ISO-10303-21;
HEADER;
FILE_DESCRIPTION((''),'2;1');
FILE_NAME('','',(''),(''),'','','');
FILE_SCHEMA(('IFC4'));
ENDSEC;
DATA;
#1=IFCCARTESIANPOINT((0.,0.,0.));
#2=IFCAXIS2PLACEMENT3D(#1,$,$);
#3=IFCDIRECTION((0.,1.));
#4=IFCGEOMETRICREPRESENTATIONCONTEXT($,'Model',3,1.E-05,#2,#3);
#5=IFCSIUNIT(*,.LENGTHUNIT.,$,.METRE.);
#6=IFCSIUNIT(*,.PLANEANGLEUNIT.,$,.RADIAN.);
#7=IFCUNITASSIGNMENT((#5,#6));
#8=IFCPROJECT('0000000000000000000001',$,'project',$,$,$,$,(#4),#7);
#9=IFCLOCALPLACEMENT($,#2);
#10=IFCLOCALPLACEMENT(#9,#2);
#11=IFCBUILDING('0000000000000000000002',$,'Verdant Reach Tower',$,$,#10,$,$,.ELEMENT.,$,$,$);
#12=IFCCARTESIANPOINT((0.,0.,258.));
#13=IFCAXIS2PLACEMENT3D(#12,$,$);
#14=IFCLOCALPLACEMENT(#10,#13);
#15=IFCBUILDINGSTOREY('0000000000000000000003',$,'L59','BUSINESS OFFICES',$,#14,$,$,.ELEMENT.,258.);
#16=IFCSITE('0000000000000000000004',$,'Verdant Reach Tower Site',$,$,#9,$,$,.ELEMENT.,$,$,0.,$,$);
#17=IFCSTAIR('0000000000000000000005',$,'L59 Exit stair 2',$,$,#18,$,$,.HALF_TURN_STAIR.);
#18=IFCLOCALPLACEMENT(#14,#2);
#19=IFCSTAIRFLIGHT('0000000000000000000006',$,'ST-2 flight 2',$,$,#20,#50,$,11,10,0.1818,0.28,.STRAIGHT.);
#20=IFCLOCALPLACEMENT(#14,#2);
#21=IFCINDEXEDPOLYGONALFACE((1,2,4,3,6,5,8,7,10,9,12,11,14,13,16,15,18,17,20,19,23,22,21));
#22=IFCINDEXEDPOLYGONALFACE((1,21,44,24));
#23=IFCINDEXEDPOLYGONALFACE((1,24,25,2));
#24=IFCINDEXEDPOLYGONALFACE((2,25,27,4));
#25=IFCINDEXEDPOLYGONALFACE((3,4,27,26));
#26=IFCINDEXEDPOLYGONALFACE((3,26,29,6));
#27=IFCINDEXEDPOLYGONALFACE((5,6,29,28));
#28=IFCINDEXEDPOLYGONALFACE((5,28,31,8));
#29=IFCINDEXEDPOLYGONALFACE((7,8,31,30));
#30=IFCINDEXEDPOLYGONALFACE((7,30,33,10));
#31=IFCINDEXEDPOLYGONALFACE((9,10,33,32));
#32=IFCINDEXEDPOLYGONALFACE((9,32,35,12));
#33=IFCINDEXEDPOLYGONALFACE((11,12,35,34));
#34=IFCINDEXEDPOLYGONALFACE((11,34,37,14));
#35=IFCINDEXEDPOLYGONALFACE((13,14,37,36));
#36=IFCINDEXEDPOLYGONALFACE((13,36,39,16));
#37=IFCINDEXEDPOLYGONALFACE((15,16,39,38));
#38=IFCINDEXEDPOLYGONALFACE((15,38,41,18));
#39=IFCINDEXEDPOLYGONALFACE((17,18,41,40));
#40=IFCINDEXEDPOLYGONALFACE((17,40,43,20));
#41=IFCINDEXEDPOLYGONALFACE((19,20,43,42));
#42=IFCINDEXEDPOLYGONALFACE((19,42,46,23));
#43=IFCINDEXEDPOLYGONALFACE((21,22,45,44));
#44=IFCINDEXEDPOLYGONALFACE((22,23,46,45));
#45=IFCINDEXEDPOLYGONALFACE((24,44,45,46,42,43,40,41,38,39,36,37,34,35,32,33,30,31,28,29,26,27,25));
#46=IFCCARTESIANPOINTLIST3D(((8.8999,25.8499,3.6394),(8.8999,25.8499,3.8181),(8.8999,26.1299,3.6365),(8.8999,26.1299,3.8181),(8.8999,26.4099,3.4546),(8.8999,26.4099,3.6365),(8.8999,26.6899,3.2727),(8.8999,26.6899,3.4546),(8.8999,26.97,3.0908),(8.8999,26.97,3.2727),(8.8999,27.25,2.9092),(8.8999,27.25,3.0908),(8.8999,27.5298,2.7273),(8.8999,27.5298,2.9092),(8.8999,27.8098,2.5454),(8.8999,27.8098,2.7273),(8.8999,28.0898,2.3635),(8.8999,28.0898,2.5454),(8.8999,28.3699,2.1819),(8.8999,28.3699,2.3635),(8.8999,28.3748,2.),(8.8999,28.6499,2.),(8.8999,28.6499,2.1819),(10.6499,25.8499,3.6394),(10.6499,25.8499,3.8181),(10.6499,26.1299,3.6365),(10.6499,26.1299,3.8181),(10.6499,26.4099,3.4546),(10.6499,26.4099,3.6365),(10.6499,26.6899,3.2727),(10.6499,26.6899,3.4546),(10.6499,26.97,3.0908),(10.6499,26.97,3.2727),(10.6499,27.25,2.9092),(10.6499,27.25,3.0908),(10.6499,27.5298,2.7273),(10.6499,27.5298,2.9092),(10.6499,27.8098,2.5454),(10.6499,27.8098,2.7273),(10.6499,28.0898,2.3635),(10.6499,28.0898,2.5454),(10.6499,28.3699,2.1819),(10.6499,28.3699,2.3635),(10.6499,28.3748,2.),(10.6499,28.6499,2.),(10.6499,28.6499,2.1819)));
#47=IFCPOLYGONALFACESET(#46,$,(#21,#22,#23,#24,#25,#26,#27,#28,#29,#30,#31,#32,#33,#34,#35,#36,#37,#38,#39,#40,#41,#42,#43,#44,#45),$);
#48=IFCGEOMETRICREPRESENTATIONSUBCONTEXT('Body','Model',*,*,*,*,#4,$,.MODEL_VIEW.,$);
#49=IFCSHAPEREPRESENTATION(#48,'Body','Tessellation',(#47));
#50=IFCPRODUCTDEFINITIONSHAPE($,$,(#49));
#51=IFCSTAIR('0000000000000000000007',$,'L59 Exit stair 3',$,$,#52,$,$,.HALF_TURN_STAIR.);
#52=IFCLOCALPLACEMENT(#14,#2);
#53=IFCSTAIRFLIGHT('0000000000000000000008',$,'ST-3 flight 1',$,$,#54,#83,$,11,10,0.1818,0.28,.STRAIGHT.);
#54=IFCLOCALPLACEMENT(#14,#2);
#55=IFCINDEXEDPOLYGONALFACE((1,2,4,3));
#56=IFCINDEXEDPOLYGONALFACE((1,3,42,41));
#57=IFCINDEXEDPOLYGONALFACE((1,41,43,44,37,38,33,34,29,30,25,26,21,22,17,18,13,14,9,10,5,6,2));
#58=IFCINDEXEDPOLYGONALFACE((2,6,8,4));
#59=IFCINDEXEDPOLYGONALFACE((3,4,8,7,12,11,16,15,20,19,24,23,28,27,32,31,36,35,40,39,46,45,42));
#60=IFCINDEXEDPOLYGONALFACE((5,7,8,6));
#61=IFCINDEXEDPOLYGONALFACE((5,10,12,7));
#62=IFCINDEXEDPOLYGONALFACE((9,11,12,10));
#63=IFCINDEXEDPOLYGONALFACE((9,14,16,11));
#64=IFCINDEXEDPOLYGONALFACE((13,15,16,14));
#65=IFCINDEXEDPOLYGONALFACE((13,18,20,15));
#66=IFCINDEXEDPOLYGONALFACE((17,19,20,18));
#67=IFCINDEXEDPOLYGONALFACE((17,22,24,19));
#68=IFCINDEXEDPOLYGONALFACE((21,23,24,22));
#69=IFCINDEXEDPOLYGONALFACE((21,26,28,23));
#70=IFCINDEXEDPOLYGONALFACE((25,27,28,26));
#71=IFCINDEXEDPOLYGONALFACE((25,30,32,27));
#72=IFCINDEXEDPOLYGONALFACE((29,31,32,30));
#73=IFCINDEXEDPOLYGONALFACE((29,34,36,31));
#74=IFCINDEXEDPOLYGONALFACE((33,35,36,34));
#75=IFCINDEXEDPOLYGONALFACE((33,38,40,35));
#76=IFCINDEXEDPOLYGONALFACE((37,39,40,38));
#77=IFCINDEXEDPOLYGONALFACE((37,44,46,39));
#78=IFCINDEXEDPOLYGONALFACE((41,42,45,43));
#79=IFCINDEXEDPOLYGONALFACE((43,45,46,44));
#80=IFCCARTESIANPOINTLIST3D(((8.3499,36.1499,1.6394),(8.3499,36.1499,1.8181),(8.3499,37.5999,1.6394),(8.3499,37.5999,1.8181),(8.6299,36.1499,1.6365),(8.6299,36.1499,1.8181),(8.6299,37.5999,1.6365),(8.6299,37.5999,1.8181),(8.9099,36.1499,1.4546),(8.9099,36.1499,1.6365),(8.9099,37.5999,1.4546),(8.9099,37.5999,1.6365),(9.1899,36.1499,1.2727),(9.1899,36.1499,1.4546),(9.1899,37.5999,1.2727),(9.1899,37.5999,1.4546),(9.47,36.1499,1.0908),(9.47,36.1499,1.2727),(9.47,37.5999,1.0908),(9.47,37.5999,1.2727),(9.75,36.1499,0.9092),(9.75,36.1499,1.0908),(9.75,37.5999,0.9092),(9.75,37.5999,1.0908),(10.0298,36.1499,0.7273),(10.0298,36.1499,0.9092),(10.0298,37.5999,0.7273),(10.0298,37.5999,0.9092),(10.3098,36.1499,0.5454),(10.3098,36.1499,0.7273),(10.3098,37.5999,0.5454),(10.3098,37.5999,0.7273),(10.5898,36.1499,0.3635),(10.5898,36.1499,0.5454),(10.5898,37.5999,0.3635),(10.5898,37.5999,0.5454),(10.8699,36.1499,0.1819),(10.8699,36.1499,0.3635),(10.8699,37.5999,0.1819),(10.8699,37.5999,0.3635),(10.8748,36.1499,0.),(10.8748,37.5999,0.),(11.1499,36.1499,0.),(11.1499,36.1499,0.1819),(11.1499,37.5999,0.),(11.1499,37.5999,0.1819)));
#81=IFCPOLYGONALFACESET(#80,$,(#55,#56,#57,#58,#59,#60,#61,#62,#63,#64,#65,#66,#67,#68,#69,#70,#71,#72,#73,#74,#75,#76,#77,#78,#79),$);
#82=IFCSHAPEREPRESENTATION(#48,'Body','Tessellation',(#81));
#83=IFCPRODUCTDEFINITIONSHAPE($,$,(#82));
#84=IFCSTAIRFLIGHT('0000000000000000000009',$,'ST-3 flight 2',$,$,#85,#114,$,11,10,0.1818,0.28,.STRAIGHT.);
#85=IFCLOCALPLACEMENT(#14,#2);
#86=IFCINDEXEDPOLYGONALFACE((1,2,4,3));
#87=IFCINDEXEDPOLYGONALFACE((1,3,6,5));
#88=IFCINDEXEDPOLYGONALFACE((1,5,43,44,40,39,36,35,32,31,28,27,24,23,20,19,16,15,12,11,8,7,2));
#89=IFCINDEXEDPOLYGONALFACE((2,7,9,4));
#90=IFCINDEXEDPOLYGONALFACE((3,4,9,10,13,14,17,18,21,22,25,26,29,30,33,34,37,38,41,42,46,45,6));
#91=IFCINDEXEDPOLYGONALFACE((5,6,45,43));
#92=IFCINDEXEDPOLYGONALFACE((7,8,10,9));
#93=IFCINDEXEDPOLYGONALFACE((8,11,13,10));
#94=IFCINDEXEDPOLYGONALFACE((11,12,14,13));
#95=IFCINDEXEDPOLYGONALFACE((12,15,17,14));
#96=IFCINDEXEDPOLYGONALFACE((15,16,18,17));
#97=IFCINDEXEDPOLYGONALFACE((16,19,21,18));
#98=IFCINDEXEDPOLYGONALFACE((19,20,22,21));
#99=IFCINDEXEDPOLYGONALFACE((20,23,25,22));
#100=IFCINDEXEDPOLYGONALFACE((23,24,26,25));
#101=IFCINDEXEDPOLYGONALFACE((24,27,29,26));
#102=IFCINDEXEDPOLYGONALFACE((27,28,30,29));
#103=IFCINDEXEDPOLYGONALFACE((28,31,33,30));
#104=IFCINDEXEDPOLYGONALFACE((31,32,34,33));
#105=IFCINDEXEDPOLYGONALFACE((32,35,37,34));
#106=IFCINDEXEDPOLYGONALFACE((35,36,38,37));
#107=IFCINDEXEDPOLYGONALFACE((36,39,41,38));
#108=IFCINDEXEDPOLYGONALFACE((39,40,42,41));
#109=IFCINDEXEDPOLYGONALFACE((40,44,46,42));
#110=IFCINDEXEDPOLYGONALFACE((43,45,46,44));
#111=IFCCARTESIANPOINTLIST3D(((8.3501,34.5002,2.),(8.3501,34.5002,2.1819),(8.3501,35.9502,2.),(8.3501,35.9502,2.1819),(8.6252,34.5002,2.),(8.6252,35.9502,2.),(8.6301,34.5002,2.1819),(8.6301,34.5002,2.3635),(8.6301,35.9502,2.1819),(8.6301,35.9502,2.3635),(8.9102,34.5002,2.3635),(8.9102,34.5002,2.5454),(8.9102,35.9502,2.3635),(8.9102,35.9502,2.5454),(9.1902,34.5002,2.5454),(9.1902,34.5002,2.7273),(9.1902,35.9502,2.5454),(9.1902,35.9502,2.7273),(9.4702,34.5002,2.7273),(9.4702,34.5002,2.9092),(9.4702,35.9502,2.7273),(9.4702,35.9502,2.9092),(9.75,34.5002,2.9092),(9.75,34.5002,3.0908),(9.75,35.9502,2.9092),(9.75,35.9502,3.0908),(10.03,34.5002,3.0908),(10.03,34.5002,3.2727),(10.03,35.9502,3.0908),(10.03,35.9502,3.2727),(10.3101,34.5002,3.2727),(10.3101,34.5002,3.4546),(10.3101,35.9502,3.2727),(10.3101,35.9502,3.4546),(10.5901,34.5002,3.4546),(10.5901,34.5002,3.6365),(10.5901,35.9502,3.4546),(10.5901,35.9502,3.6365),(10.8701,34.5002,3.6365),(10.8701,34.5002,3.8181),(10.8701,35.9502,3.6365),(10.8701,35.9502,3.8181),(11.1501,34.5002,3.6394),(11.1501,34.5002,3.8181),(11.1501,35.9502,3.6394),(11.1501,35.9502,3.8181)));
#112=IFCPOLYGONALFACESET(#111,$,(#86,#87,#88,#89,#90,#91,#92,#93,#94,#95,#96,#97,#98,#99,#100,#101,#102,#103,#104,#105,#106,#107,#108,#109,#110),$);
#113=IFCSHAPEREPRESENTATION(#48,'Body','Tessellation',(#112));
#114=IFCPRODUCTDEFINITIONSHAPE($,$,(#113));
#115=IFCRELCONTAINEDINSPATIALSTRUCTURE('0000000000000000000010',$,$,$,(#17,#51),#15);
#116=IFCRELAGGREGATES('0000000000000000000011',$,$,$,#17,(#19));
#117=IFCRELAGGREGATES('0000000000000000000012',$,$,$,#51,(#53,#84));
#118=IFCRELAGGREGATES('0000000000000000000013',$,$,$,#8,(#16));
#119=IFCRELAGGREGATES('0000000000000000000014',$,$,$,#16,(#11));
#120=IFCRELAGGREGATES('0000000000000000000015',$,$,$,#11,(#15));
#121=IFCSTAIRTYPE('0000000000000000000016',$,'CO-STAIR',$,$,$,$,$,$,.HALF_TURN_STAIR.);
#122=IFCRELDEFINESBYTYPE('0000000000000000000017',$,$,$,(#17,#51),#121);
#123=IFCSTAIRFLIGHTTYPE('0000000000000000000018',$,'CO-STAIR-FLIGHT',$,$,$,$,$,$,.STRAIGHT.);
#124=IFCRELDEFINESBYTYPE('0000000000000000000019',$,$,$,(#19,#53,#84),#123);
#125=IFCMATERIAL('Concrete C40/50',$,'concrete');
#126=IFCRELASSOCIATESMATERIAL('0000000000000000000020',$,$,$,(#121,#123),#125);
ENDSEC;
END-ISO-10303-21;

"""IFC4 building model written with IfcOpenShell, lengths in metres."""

from ifc_helpers import new_model, si_unit, direction, frame, origin, place, context, subcontext, project, spatial, polyline, outline, extrude, material, type_object, element, aggregate, save


model = new_model("IFC4")

# Units and contexts
model_context = context("Model", 3, precision=1e-05, world=origin(), true_north=direction((0.0, 1.0)))
body_context = subcontext(model_context, "Body", "Model", "MODEL_VIEW")
ifc_project = project(units=[si_unit("LENGTHUNIT", "METRE"), si_unit("PLANEANGLEUNIT", "RADIAN")], contexts=[model_context])

# Site, building, storey
site_placement = place(None, origin())
site = spatial("IfcSite", under=ifc_project, at=site_placement, Name="Verdant Reach Tower Site", CompositionType="ELEMENT", RefElevation=0.0)
building_placement = place(site_placement, origin())
building = spatial("IfcBuilding", under=site, at=building_placement, Name="Verdant Reach Tower", CompositionType="ELEMENT")
storey_placement = place(building_placement, frame((0.0, 0.0, 258.0)))
storey = spatial("IfcBuildingStorey", under=building, at=storey_placement, Name="L59", Description="BUSINESS OFFICES", CompositionType="ELEMENT", Elevation=258.0)

# Shared definitions
ifc_material_1 = material(Name="Concrete C40/50", Category="concrete")

# Stair, stair flight
stair_type = type_object("IfcStairType", Name="CO-STAIR", PredefinedType="HALF_TURN_STAIR", material=ifc_material_1)
stair_1_placement = place(storey_placement, origin())
stair_1 = element("IfcStair", 1, at=stair_1_placement, inside=storey, type_object=stair_type, Name="L59 Exit stair 2", PredefinedType="HALF_TURN_STAIR")
stair_flight_type = type_object("IfcStairFlightType", Name="CO-STAIR-FLIGHT", PredefinedType="STRAIGHT", material=ifc_material_1)
stair_flight_1_placement = place(storey_placement, frame((9.7749, 28.6499, 2.0), z_axis=(0.0, 0.0, 1.0), x_axis=(0.0, -1.0, 0.0)))
stair_flight_1 = element("IfcStairFlight", 2, at=stair_flight_1_placement, type_object=stair_flight_type, Name="ST-2 flight 2", NumberOfRisers=11, NumberOfTreads=10, PredefinedType="STRAIGHT", RiserHeight=0.1818, TreadLength=0.28, context=body_context, shape_type="SweptSolid", body=[
    extrude(outline(polyline([(0.0, 0.0), (0.0, 0.1819), (0.28, 0.1819), (0.28, 0.3635), (0.5601, 0.3635), (0.5601, 0.5454), (0.8401, 0.5454), (0.8401, 0.7273), (1.1201, 0.7273), (1.1201, 0.9092), (1.3999, 0.9092), (1.3999, 1.0908), (1.6799, 1.0908), (1.6799, 1.2727), (1.96, 1.2727), (1.96, 1.4546), (2.24, 1.4546), (2.24, 1.6365), (2.52, 1.6365), (2.52, 1.8181), (2.8, 1.8181), (2.8, 2.0), (2.8, 1.6394), (0.2751, 0.0), (0.0, 0.0)])), frame((0.0, 0.875, 0.0), z_axis=(0.0, -1.0, 0.0), x_axis=(1.0, 0.0, 0.0)), (0.0, 0.0, 1.0), 1.75),
])
aggregate(stair_1, [stair_flight_1])

# Stair, stair flights
stair_2_placement = place(storey_placement, origin())
stair_2 = element("IfcStair", 3, at=stair_2_placement, inside=storey, type_object=stair_type, Name="L59 Exit stair 3", PredefinedType="HALF_TURN_STAIR")
stair_flight_2_placement = place(storey_placement, frame((11.1499, 36.875, 0.0), z_axis=(0.0, 0.0, 1.0), x_axis=(-1.0, 0.0, 0.0)))
stair_flight_2 = element("IfcStairFlight", 4, at=stair_flight_2_placement, type_object=stair_flight_type, Name="ST-3 flight 1", NumberOfRisers=11, NumberOfTreads=10, PredefinedType="STRAIGHT", RiserHeight=0.1818, TreadLength=0.28, context=body_context, shape_type="SweptSolid", body=[
    extrude(outline(polyline([(0.0, 0.0), (0.0, 0.1819), (0.28, 0.1819), (0.28, 0.3635), (0.5601, 0.3635), (0.5601, 0.5454), (0.8401, 0.5454), (0.8401, 0.7273), (1.1201, 0.7273), (1.1201, 0.9092), (1.3999, 0.9092), (1.3999, 1.0908), (1.6799, 1.0908), (1.6799, 1.2727), (1.96, 1.2727), (1.96, 1.4546), (2.24, 1.4546), (2.24, 1.6365), (2.52, 1.6365), (2.52, 1.8181), (2.8, 1.8181), (2.8, 2.0), (2.8, 1.6394), (0.2751, 0.0), (0.0, 0.0)])), frame((0.0, 0.7251, 0.0), z_axis=(0.0, -1.0, 0.0), x_axis=(1.0, 0.0, 0.0)), (0.0, 0.0, 1.0), 1.45),
])
stair_flight_3_placement = place(storey_placement, frame((8.3501, 35.2251, 2.0), z_axis=(0.0, 0.0, 1.0), x_axis=(1.0, 0.0, 0.0)))
stair_flight_3 = element("IfcStairFlight", 5, at=stair_flight_3_placement, type_object=stair_flight_type, Name="ST-3 flight 2", NumberOfRisers=11, NumberOfTreads=10, PredefinedType="STRAIGHT", RiserHeight=0.1818, TreadLength=0.28, context=body_context, shape_type="SweptSolid", body=[
    extrude(outline(polyline([(0.0, 0.0), (0.0, 0.1819), (0.28, 0.1819), (0.28, 0.3635), (0.5601, 0.3635), (0.5601, 0.5454), (0.8401, 0.5454), (0.8401, 0.7273), (1.1201, 0.7273), (1.1201, 0.9092), (1.3999, 0.9092), (1.3999, 1.0908), (1.6799, 1.0908), (1.6799, 1.2727), (1.96, 1.2727), (1.96, 1.4546), (2.24, 1.4546), (2.24, 1.6365), (2.52, 1.6365), (2.52, 1.8181), (2.8, 1.8181), (2.8, 2.0), (2.8, 1.6394), (0.2751, 0.0), (0.0, 0.0)])), frame((0.0, 0.7251, 0.0), z_axis=(0.0, -1.0, 0.0), x_axis=(1.0, 0.0, 0.0)), (0.0, 0.0, 1.0), 1.45),
])
aggregate(stair_2, [stair_flight_2, stair_flight_3])

save(model, "model.ifc")
